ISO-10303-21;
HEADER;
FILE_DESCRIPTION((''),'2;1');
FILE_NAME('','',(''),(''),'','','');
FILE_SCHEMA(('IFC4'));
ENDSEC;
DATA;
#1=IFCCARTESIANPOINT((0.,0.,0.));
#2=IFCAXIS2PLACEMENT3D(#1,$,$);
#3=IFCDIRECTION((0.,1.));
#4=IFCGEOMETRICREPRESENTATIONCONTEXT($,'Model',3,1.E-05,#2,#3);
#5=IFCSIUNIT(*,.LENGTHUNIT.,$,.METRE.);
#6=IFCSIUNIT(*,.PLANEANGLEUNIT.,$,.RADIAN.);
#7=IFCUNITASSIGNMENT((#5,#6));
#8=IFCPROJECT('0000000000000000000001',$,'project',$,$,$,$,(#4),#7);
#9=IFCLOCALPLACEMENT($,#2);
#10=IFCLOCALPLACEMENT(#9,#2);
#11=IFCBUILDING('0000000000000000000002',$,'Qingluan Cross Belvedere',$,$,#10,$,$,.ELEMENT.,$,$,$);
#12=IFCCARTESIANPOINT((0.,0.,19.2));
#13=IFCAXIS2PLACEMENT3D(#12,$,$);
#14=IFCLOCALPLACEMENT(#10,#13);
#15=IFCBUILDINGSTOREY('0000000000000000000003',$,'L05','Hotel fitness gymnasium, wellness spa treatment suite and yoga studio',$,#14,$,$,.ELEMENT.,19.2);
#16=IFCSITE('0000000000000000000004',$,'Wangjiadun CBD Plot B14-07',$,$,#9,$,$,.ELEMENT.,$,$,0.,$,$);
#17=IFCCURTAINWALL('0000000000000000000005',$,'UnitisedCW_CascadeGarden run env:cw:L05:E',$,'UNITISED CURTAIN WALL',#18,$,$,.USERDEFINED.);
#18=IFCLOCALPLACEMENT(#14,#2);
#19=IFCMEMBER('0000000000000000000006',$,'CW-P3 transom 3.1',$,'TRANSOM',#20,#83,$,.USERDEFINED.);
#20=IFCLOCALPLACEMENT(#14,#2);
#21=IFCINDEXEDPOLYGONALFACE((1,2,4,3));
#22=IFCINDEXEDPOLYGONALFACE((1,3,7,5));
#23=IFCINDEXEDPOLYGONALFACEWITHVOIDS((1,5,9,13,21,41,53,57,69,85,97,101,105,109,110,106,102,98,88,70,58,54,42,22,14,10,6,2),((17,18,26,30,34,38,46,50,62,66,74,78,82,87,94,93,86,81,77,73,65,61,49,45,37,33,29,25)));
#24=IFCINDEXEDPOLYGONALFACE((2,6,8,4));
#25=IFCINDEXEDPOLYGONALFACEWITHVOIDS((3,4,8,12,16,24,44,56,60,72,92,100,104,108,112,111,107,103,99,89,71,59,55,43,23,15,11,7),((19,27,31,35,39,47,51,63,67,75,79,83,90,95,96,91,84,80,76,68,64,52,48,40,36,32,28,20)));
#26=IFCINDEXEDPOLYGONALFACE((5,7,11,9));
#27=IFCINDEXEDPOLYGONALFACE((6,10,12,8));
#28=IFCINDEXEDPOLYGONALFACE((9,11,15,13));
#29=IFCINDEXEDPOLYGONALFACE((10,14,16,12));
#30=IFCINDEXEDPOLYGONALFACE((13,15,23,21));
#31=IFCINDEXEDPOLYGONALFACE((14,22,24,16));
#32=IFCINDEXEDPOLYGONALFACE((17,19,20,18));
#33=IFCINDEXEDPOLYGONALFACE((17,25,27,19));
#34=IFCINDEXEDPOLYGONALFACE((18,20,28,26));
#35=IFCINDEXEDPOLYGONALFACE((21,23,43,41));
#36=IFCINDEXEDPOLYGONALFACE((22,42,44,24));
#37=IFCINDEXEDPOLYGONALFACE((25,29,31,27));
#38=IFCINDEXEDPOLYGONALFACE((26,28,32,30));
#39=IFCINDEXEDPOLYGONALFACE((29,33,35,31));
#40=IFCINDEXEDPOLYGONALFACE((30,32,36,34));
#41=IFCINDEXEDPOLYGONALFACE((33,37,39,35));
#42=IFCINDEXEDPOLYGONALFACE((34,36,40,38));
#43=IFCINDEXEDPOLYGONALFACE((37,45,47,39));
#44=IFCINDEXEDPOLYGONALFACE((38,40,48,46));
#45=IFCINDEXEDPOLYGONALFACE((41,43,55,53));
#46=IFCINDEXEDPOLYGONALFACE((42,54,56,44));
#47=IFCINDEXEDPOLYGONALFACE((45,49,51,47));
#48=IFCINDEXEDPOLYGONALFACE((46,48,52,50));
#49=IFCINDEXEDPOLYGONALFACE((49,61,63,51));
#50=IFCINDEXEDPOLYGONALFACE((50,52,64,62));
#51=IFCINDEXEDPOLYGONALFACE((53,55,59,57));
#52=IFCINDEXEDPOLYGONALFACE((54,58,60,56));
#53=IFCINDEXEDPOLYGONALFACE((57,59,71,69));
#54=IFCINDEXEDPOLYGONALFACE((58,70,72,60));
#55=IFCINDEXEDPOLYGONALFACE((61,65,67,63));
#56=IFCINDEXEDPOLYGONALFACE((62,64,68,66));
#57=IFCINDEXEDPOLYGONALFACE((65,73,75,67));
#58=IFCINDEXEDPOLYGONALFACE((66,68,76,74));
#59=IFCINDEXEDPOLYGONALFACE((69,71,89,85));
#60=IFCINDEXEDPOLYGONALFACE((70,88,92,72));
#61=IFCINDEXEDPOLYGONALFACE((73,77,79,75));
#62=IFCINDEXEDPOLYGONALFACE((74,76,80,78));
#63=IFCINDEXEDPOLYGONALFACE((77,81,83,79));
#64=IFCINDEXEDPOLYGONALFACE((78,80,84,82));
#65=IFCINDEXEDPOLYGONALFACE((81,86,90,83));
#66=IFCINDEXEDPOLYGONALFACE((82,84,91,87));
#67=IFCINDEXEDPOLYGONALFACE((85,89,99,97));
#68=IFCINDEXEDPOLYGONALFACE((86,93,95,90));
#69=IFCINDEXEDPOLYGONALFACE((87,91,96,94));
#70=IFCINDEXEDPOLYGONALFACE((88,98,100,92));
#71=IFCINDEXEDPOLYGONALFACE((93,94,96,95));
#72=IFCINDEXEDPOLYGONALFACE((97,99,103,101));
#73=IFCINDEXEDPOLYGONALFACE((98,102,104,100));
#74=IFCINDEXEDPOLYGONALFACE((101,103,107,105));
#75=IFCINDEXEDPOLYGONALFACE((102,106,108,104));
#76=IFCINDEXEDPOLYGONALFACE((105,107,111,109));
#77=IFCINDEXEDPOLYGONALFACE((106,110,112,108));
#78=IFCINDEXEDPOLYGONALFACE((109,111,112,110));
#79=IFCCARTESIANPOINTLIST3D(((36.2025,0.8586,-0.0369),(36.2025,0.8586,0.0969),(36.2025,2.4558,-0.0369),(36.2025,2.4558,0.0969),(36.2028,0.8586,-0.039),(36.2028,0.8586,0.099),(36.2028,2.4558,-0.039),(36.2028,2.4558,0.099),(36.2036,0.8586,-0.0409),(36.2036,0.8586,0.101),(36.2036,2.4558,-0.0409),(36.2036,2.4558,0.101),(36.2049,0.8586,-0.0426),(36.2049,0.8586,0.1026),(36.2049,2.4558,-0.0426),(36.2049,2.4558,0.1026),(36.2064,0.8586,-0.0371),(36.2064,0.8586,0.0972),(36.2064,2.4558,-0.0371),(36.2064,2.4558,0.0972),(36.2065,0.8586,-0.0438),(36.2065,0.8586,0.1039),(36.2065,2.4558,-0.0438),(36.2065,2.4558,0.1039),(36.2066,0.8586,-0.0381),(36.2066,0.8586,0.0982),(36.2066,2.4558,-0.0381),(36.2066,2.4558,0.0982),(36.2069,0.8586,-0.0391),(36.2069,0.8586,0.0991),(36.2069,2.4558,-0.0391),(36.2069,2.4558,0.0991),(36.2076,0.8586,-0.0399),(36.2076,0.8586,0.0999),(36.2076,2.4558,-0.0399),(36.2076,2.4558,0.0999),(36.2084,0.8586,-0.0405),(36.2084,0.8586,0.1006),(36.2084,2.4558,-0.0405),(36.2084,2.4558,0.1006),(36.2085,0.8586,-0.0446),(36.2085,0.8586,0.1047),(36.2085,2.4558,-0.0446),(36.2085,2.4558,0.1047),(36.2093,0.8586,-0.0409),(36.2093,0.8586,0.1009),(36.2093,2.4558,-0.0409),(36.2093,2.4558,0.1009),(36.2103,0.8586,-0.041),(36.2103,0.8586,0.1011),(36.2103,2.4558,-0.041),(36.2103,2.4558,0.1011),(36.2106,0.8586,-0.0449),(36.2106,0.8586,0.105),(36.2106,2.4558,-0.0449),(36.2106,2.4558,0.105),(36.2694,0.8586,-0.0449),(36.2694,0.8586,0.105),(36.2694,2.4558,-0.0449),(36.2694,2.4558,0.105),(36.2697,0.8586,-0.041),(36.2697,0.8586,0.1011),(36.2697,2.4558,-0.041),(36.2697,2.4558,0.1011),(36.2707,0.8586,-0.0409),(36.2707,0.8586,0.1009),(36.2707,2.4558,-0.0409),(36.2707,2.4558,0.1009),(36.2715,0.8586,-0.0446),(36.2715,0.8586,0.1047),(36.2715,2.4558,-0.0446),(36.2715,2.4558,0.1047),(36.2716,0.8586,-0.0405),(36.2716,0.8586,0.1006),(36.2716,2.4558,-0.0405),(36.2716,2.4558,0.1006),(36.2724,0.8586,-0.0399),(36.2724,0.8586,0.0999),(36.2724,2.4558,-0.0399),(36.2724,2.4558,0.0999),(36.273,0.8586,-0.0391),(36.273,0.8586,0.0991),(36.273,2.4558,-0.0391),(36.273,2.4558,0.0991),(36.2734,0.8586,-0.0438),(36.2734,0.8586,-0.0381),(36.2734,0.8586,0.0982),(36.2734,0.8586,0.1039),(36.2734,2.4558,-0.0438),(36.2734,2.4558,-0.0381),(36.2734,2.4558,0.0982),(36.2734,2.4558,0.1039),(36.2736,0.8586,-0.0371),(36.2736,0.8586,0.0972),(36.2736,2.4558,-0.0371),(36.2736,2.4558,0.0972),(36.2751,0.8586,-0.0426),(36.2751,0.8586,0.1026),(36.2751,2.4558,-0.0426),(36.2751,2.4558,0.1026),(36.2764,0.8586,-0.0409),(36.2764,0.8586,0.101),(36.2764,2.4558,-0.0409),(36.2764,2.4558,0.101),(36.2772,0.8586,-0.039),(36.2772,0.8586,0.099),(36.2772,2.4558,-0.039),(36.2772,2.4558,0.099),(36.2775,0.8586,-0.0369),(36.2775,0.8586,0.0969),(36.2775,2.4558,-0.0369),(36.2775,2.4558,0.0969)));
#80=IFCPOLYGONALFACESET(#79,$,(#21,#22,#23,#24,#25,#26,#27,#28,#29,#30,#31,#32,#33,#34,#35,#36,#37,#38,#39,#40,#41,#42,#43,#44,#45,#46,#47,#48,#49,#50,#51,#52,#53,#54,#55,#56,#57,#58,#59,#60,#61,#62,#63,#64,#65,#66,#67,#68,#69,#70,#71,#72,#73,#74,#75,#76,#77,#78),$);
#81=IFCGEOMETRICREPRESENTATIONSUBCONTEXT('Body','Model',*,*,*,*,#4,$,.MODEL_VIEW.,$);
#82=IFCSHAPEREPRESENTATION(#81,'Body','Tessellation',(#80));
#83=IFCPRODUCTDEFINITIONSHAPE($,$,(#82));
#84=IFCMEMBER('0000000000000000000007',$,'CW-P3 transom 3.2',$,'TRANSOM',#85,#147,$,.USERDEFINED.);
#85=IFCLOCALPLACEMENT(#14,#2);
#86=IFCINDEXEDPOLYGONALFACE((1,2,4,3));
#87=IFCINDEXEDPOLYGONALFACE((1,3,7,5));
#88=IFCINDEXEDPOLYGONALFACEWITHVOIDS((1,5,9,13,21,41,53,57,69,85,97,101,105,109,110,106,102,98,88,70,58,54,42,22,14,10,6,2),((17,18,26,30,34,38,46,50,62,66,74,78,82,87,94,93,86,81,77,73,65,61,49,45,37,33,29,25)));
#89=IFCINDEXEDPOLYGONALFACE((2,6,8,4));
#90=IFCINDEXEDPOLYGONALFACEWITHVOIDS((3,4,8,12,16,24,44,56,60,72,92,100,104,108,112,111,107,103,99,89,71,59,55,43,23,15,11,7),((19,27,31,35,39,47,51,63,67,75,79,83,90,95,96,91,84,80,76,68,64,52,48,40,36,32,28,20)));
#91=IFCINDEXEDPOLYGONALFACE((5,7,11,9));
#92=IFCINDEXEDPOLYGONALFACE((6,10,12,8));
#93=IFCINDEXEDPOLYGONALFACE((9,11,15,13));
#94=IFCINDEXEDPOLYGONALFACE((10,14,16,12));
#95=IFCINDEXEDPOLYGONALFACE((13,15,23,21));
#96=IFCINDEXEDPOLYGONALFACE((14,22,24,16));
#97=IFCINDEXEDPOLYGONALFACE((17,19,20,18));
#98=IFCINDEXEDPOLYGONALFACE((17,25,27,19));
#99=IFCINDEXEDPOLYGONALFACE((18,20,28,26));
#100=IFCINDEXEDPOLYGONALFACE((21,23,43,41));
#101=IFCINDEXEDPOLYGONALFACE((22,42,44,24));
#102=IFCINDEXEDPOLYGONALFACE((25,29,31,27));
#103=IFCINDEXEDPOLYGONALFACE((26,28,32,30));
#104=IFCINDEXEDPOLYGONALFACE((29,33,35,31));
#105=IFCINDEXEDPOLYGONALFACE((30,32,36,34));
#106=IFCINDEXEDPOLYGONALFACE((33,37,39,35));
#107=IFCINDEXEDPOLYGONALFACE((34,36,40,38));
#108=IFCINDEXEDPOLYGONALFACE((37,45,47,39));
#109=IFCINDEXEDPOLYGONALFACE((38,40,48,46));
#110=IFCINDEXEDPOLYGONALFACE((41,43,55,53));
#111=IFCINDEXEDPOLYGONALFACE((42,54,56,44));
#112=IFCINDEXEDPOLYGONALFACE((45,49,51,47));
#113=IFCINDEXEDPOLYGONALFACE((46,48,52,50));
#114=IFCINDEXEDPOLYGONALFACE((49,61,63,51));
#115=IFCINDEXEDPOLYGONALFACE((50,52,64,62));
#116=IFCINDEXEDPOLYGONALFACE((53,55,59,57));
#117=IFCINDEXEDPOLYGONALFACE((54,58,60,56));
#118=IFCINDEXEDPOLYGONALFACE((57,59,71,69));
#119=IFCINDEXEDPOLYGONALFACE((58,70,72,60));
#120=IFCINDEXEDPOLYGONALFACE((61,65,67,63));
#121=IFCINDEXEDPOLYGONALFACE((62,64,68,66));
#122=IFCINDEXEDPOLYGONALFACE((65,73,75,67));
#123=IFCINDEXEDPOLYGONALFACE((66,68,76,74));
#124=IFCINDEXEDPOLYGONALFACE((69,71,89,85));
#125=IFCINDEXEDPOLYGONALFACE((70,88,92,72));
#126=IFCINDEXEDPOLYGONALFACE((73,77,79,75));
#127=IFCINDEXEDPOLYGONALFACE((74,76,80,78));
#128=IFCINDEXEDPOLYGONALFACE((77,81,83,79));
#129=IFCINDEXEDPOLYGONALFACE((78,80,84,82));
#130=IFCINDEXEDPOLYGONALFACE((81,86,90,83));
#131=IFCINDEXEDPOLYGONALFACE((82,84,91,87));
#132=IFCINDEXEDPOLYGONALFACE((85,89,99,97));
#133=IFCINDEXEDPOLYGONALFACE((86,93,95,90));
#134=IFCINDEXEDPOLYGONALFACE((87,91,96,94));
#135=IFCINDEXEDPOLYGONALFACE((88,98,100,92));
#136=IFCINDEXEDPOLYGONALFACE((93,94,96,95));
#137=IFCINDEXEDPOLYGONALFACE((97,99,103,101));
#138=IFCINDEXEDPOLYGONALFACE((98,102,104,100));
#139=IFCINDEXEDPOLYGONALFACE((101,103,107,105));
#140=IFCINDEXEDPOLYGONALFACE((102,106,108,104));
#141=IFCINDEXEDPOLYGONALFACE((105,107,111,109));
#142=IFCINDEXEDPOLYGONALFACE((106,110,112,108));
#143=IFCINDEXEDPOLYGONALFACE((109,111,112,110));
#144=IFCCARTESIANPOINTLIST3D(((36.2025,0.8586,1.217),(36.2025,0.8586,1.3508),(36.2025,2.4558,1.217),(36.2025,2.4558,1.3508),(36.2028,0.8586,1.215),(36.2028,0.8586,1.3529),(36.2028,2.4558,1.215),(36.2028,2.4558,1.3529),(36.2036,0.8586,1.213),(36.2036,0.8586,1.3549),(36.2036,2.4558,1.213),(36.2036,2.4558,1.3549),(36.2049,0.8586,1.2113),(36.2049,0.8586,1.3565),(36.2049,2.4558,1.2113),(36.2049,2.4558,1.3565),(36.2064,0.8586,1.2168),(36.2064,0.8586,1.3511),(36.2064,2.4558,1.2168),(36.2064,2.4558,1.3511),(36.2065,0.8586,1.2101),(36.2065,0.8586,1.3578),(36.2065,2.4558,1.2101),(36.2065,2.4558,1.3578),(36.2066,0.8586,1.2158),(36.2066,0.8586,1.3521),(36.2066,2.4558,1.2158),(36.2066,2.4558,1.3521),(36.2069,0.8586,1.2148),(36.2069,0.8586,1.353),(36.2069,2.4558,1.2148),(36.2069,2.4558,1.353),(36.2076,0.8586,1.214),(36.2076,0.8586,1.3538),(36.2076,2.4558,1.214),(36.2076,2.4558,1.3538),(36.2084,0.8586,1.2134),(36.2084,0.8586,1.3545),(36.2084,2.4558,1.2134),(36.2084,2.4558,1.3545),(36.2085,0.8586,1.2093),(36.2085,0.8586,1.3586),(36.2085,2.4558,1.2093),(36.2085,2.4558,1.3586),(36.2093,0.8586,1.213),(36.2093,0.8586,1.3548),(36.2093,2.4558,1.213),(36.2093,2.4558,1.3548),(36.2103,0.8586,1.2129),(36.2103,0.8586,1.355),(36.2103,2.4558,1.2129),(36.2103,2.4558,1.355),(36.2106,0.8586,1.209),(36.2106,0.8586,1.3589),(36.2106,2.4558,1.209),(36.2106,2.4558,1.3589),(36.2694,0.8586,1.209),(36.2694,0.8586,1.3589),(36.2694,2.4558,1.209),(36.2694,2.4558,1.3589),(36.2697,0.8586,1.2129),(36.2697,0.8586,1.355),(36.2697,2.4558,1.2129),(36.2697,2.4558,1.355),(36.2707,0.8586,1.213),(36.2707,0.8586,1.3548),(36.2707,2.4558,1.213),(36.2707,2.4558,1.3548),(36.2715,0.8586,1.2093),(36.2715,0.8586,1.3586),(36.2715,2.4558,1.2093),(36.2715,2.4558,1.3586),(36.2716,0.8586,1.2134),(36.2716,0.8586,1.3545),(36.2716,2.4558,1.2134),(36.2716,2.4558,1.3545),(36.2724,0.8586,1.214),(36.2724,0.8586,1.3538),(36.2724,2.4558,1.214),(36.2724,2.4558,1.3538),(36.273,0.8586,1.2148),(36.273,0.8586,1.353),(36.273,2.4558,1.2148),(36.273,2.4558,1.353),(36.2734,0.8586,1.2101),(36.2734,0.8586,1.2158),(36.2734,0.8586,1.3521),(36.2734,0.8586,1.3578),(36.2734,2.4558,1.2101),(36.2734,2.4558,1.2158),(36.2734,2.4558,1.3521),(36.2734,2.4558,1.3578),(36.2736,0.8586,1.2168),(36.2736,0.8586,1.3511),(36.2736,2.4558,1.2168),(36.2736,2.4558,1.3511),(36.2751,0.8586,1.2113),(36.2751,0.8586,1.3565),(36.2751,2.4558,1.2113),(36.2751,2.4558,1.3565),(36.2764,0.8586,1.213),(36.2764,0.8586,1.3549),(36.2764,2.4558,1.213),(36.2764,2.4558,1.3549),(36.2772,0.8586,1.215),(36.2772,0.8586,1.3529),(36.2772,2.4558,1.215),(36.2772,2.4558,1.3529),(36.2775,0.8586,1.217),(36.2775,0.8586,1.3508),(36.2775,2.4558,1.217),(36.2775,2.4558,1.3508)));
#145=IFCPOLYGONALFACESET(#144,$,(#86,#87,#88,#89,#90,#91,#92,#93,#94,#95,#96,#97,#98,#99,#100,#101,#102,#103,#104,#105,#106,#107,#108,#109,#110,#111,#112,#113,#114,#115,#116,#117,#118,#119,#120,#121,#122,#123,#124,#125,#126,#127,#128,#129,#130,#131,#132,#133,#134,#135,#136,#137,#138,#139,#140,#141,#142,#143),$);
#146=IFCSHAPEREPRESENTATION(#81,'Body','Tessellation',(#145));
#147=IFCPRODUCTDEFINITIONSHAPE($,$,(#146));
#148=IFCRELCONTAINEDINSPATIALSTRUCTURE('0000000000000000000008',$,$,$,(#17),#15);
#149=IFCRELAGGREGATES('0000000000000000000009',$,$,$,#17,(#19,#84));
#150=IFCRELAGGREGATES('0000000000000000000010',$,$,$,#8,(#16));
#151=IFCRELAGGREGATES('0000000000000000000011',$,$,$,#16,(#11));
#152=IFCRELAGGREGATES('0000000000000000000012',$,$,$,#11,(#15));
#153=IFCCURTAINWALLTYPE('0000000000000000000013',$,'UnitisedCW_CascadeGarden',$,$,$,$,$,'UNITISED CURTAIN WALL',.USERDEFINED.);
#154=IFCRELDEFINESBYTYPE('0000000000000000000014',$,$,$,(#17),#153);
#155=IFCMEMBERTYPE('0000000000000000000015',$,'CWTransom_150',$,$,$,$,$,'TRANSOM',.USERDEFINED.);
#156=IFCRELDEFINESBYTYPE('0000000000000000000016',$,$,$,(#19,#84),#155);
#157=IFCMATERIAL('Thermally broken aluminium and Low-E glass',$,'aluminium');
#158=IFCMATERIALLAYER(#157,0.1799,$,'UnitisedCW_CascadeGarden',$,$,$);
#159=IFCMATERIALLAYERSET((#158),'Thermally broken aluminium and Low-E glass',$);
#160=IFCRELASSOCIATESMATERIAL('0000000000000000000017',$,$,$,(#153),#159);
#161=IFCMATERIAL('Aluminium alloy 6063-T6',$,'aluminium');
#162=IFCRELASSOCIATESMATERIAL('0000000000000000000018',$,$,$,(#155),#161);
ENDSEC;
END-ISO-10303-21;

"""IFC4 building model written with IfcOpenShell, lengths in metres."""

from ifc_helpers import new_model, si_unit, direction, frame, origin, origin_2d, place, context, subcontext, project, spatial, hollow_rectangle, extrude, material, layer, layer_set, material_profile, profile_set, type_object, element, aggregate, save


model = new_model("IFC4")

# Units and contexts
model_context = context("Model", 3, precision=1e-05, world=origin(), true_north=direction((0.0, 1.0)))
body_context = subcontext(model_context, "Body", "Model", "MODEL_VIEW")
ifc_project = project(units=[si_unit("LENGTHUNIT", "METRE"), si_unit("PLANEANGLEUNIT", "RADIAN")], contexts=[model_context])

# Site, building, storey
site_placement = place(None, origin())
site = spatial("IfcSite", under=ifc_project, at=site_placement, Name="Wangjiadun CBD Plot B14-07", CompositionType="ELEMENT", RefElevation=0.0)
building_placement = place(site_placement, origin())
building = spatial("IfcBuilding", under=site, at=building_placement, Name="Qingluan Cross Belvedere", CompositionType="ELEMENT")
storey_placement = place(building_placement, frame((0.0, 0.0, 19.2)))
storey = spatial("IfcBuildingStorey", under=building, at=storey_placement, Name="L05", Description="Hotel fitness gymnasium, wellness spa treatment suite and yoga studio", CompositionType="ELEMENT", Elevation=19.2)

# Curtain wall, members
ifc_material_1 = material(Name="Thermally broken aluminium and Low-E glass", Category="aluminium")
ifc_layer_1 = layer(ifc_material_1, 0.1799, Name="UnitisedCW_CascadeGarden")
ifc_layer_set_1 = layer_set([ifc_layer_1], Name="Thermally broken aluminium and Low-E glass")
curtain_wall_type = type_object("IfcCurtainWallType", Name="UnitisedCW_CascadeGarden", ElementType="UNITISED CURTAIN WALL", PredefinedType="USERDEFINED", material=ifc_layer_set_1)
curtain_wall_placement = place(storey_placement, origin())
curtain_wall = element("IfcCurtainWall", 1, at=curtain_wall_placement, inside=storey, type_object=curtain_wall_type, Name="UnitisedCW_CascadeGarden run env:cw:L05:E", ObjectType="UNITISED CURTAIN WALL", PredefinedType="USERDEFINED")
ifc_material_2 = material(Name="Aluminium alloy 6063-T6", Category="aluminium")
ifc_material_profile_1 = material_profile(ifc_material_2, hollow_rectangle(XDim=0.075, YDim=0.1499, WallThickness=0.0039, InnerFilletRadius=0.0039, OuterFilletRadius=0.0081, at=origin_2d()), Name="CWT150x75x4")
ifc_profile_set_1 = profile_set([ifc_material_profile_1], Name="Aluminium alloy 6063-T6")
member_type_1 = type_object("IfcMemberType", Name="CWTransom_150", ElementType="TRANSOM", PredefinedType="USERDEFINED", material=ifc_profile_set_1)
member_1_placement = place(storey_placement, frame((36.24, 2.4558, 0.03), z_axis=(0.0, -1.0, 0.0), x_axis=(1.0, 0.0, 0.0)))
member_1 = element("IfcMember", 2, at=member_1_placement, type_object=member_type_1, Name="CW-P3 transom 3.1", ObjectType="TRANSOM", PredefinedType="USERDEFINED", context=body_context, shape_type="SweptSolid", body=[
    extrude(hollow_rectangle(XDim=0.075, YDim=0.1499, WallThickness=0.0039, InnerFilletRadius=0.0039, OuterFilletRadius=0.0081, at=origin_2d()), origin(), (0.0, 0.0, 1.0), 1.5972),
])
member_2_placement = place(storey_placement, frame((36.24, 2.4558, 1.2839), z_axis=(0.0, -1.0, 0.0), x_axis=(1.0, 0.0, 0.0)))
member_2 = element("IfcMember", 3, at=member_2_placement, type_object=member_type_1, Name="CW-P3 transom 3.2", ObjectType="TRANSOM", PredefinedType="USERDEFINED", context=body_context, shape_type="SweptSolid", body=[
    extrude(hollow_rectangle(XDim=0.075, YDim=0.1499, WallThickness=0.0039, InnerFilletRadius=0.0039, OuterFilletRadius=0.0081, at=origin_2d()), origin(), (0.0, 0.0, 1.0), 1.5972),
])
aggregate(curtain_wall, [member_1, member_2])

save(model, "model.ifc")
